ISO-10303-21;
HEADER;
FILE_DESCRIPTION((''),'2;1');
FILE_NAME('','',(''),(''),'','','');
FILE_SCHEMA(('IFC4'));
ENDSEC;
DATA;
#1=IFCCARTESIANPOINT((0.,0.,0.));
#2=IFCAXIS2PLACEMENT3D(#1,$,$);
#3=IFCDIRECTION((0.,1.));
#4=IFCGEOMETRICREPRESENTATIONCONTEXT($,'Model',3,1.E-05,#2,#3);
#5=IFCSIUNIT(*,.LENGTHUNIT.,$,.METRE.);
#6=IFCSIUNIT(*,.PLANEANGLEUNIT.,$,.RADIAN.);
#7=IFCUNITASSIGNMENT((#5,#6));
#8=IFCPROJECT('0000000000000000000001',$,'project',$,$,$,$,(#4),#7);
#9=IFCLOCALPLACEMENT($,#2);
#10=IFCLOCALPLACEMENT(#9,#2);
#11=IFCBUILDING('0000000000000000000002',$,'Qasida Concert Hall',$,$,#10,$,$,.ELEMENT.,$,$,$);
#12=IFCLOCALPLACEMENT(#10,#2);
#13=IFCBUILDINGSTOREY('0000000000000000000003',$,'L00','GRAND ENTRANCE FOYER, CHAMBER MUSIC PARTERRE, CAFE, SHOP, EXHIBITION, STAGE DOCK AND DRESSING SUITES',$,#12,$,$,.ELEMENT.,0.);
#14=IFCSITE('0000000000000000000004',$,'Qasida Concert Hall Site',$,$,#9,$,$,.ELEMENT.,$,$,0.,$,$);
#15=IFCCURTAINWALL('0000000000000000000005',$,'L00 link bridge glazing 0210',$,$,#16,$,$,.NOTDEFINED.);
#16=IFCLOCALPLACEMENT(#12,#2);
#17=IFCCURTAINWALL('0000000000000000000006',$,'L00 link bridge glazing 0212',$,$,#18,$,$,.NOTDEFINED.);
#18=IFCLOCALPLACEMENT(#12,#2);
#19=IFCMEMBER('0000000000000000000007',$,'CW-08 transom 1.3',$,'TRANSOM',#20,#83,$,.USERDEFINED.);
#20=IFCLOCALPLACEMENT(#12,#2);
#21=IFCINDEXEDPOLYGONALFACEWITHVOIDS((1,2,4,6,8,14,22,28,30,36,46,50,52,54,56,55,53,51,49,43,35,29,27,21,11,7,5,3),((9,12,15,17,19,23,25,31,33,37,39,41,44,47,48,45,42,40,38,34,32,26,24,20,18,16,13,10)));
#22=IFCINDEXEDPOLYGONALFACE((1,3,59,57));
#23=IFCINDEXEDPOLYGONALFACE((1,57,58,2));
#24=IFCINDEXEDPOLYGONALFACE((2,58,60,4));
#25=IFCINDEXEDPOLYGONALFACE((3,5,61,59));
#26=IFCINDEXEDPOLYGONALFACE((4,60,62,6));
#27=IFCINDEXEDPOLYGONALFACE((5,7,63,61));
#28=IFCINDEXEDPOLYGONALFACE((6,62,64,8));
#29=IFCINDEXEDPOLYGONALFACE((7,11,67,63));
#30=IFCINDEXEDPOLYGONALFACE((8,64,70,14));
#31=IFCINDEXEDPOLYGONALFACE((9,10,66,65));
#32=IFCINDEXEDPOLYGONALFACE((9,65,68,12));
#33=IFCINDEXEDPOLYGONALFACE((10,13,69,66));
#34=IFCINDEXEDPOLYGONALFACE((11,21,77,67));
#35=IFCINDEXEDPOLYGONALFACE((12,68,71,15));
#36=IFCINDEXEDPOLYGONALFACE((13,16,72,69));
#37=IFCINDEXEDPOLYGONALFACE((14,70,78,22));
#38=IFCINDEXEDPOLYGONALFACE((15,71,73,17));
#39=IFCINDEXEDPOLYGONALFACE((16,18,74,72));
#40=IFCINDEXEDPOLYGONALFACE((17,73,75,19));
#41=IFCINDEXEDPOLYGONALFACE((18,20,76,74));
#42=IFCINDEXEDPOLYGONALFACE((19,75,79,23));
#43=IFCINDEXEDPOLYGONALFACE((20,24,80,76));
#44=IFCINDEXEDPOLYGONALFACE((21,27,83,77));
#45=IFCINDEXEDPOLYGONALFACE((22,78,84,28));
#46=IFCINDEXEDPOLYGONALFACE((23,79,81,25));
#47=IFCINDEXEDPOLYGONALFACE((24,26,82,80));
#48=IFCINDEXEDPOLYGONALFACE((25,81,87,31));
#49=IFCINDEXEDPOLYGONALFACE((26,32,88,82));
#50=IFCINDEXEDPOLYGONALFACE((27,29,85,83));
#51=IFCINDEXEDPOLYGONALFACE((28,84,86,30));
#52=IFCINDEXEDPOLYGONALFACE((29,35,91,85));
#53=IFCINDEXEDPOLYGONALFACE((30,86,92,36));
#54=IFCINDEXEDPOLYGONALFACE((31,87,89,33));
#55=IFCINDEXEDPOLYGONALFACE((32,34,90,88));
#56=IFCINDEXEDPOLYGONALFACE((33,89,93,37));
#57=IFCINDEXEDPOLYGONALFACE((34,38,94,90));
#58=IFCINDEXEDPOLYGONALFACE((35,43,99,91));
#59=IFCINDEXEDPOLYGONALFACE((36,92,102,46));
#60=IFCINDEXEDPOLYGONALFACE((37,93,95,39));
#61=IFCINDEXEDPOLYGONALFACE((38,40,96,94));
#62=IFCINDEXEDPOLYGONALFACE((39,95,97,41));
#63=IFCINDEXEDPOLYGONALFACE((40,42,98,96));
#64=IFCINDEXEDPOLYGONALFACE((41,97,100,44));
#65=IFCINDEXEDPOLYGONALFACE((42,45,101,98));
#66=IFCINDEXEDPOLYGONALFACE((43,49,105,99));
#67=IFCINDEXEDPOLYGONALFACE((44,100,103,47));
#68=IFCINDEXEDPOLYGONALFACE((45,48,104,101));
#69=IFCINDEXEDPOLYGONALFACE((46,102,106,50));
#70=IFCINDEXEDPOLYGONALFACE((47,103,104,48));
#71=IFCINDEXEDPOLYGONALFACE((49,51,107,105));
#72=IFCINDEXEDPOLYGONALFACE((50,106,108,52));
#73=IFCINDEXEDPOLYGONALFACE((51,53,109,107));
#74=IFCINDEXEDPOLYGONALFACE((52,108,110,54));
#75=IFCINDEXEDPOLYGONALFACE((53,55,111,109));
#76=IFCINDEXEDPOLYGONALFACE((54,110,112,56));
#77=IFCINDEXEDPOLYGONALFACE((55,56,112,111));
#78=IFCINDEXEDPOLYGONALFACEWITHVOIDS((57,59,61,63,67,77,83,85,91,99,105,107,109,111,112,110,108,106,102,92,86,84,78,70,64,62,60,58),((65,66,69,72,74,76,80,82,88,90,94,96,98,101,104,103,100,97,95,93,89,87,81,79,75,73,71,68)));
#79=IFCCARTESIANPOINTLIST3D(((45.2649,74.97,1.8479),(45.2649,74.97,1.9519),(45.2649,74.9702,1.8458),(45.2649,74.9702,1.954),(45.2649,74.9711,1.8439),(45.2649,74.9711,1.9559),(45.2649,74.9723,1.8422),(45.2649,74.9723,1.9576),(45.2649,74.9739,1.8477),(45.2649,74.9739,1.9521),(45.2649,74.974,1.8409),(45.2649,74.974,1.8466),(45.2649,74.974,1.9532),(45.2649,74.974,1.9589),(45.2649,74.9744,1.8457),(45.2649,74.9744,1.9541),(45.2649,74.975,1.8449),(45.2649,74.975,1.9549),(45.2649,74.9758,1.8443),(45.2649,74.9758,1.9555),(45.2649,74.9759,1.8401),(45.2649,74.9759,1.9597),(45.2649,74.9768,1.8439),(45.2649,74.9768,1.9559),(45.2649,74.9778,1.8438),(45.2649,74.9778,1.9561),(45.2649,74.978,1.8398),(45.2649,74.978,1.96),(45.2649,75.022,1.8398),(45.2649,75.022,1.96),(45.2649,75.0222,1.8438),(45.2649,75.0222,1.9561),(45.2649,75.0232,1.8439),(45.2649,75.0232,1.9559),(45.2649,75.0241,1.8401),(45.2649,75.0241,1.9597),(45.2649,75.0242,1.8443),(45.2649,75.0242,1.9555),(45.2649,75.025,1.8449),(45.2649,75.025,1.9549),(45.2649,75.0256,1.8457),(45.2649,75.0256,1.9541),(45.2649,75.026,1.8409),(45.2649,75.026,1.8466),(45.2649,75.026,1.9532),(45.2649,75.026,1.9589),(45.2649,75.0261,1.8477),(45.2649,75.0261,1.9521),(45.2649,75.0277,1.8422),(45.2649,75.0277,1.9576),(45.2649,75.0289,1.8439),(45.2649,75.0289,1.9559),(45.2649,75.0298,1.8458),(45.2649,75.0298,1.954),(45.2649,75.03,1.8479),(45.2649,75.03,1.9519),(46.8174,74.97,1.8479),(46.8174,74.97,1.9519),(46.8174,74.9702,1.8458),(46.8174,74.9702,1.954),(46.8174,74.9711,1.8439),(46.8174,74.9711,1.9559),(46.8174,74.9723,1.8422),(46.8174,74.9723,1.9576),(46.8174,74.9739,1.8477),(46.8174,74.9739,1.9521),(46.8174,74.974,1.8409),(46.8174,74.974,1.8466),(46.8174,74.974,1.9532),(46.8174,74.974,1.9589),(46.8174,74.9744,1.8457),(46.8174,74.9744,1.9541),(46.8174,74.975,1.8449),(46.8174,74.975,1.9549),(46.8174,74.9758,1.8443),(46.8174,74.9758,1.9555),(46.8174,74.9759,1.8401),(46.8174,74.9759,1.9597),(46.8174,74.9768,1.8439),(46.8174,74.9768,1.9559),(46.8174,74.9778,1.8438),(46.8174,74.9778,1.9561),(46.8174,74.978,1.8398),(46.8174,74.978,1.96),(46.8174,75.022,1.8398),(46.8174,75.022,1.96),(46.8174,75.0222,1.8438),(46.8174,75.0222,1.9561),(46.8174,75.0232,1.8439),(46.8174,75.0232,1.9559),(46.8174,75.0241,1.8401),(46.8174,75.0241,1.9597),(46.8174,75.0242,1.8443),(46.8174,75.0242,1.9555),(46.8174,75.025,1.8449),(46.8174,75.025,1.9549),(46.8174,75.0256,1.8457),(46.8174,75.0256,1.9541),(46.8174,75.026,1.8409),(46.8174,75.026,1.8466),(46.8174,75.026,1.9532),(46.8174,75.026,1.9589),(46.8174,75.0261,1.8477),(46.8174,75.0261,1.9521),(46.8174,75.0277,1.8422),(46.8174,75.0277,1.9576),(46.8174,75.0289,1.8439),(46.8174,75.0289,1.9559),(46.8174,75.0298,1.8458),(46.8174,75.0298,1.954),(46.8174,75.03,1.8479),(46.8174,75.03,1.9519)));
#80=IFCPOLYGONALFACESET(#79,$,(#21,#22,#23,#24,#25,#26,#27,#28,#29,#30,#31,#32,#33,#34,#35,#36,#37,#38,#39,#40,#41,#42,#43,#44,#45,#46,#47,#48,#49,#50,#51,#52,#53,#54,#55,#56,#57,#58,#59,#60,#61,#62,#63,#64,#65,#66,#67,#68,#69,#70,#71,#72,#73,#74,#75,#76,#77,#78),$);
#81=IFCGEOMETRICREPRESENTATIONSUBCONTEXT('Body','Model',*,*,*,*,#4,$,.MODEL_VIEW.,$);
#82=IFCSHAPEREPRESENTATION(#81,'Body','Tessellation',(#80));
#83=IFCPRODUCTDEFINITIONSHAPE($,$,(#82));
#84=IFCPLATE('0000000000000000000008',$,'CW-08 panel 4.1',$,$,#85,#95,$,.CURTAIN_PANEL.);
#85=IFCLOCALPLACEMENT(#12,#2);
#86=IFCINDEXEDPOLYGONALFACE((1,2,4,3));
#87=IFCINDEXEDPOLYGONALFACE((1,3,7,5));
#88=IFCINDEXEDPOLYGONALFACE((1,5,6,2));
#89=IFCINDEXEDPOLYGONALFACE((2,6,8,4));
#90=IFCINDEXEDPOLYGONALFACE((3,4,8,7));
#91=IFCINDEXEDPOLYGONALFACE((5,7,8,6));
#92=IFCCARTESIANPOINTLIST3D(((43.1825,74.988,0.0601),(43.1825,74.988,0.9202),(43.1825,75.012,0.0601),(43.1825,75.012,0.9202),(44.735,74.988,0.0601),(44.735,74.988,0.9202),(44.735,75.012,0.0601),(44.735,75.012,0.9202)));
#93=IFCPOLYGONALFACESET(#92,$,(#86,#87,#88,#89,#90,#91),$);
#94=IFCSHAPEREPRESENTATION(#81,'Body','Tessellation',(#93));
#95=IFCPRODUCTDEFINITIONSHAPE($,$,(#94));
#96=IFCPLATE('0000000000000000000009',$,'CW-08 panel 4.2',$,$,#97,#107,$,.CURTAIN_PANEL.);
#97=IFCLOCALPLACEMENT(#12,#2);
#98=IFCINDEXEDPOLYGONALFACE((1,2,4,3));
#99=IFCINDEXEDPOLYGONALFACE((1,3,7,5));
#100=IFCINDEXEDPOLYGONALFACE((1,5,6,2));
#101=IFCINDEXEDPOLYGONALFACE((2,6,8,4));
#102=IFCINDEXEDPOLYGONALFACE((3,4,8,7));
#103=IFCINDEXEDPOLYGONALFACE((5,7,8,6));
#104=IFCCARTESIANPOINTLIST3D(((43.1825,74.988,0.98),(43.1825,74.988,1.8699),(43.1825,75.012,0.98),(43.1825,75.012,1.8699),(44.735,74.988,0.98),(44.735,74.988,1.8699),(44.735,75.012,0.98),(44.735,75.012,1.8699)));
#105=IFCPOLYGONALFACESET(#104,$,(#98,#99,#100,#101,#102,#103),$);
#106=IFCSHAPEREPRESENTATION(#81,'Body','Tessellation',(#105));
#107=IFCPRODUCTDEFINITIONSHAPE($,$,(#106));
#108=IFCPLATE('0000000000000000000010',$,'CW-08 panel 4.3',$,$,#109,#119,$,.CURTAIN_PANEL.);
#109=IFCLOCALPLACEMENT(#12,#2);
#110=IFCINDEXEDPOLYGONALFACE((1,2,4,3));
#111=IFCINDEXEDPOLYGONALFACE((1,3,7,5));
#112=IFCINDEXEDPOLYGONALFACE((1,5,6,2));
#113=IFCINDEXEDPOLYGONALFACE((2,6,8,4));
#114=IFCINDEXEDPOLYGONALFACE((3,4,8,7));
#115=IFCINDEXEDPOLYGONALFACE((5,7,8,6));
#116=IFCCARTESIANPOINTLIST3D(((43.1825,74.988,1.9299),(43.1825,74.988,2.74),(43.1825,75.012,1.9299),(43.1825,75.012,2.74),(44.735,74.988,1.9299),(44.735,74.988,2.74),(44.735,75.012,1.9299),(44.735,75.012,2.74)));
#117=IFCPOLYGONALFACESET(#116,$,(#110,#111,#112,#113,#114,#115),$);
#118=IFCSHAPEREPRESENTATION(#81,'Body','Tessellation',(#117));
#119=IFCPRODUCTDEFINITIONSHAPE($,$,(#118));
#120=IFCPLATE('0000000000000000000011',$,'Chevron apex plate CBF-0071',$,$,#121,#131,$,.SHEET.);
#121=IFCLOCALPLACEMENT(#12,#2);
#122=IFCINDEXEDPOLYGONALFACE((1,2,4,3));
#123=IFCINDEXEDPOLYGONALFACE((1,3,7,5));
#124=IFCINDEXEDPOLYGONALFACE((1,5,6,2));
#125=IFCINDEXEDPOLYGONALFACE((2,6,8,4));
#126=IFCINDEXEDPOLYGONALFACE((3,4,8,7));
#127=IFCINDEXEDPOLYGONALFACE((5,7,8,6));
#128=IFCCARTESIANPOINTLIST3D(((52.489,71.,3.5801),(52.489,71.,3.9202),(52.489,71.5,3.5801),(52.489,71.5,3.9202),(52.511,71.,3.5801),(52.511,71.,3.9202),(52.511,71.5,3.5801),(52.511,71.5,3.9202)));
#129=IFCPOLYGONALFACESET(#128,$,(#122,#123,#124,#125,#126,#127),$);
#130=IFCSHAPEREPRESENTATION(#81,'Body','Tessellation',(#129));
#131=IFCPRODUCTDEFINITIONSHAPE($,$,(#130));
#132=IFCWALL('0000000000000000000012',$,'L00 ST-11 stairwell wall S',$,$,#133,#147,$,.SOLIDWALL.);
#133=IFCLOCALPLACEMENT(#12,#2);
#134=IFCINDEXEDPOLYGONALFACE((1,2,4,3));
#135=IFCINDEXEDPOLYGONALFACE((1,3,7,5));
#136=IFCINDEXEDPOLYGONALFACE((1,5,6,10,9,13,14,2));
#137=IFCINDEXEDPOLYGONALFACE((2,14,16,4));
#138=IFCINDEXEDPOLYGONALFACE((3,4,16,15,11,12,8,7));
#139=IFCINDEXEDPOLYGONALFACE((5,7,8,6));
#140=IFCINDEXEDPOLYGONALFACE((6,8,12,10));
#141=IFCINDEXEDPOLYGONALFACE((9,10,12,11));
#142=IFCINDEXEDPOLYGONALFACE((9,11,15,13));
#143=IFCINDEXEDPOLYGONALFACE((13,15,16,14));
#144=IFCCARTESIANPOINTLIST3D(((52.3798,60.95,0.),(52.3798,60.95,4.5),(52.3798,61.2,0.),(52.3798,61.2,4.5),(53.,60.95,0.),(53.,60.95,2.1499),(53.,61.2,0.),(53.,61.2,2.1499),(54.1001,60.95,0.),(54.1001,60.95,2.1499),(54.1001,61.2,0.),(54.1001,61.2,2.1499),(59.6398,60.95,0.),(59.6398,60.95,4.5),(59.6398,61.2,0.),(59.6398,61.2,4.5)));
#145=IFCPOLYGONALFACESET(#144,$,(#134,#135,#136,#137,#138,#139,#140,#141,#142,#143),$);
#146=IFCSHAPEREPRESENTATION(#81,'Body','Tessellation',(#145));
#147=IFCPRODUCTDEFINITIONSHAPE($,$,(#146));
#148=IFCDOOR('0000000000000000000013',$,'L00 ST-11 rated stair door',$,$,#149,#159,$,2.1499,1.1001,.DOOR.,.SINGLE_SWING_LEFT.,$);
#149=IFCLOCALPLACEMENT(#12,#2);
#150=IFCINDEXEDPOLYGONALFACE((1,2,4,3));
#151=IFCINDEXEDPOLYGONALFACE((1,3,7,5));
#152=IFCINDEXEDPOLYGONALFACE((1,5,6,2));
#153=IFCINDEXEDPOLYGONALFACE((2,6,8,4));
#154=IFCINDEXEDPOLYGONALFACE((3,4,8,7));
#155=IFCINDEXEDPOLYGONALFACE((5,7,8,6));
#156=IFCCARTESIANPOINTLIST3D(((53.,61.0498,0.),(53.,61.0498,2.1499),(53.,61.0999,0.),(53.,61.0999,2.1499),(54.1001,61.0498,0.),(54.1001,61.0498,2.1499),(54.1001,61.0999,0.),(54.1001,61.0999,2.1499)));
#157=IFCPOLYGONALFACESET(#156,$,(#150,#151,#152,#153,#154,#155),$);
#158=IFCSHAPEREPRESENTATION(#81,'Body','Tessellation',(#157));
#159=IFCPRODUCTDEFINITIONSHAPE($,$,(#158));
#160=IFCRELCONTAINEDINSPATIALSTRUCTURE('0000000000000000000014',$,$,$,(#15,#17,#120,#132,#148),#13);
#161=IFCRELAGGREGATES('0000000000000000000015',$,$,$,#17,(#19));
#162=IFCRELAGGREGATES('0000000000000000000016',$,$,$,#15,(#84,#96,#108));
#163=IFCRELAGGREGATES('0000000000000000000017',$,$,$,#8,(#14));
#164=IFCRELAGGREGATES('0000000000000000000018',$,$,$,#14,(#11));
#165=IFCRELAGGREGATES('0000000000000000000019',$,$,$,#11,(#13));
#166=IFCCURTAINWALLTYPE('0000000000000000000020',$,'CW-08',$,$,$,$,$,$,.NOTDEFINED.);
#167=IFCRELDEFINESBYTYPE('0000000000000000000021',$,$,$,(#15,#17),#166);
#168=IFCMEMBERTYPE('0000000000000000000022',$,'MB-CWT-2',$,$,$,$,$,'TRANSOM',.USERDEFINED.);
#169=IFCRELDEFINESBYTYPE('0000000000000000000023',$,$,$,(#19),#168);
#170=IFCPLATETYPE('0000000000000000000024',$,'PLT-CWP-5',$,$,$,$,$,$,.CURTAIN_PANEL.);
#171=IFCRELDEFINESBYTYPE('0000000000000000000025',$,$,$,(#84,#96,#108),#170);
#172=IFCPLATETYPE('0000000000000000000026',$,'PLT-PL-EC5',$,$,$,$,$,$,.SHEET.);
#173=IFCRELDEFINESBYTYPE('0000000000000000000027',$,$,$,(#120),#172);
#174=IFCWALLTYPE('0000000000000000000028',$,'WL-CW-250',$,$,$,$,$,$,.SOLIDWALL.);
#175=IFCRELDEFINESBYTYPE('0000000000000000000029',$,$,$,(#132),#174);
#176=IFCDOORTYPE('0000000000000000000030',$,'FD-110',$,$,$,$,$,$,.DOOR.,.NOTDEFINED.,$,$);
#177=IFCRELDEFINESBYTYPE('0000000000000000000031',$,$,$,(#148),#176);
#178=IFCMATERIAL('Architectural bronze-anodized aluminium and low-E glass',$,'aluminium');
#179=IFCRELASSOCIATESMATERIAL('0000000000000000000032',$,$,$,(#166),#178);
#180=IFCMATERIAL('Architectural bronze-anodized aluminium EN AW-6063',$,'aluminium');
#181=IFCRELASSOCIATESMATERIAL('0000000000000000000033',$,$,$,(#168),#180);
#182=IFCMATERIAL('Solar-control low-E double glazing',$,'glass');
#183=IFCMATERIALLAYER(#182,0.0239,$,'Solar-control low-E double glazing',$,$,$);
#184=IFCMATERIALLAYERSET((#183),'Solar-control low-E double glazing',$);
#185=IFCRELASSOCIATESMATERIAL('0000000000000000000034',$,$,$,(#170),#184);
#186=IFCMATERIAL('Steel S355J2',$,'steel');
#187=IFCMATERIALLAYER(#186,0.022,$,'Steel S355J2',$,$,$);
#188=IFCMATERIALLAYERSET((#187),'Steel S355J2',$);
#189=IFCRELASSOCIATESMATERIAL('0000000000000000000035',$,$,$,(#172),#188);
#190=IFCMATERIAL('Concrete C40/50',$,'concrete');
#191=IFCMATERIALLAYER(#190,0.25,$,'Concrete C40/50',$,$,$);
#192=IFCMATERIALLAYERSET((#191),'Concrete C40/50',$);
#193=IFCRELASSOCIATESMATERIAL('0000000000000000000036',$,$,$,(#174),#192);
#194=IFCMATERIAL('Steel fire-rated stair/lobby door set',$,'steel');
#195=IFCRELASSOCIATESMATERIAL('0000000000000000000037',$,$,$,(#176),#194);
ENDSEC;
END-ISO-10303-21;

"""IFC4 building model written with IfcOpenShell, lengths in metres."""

from ifc_helpers import new_model, si_unit, direction, frame, frame_2d, origin, origin_2d, place, context, subcontext, project, spatial, rectangle, hollow_rectangle, extrude, material, layer, layer_set, material_profile, profile_set, type_object, element, fill, aggregate, save


model = new_model("IFC4")

# Units and contexts
model_context = context("Model", 3, precision=1e-05, world=origin(), true_north=direction((0.0, 1.0)))
body_context = subcontext(model_context, "Body", "Model", "MODEL_VIEW")
ifc_project = project(units=[si_unit("LENGTHUNIT", "METRE"), si_unit("PLANEANGLEUNIT", "RADIAN")], contexts=[model_context])

# Site, building, storey
site_placement = place(None, origin())
site = spatial("IfcSite", under=ifc_project, at=site_placement, Name="Qasida Concert Hall Site", CompositionType="ELEMENT", RefElevation=0.0)
building_placement = place(site_placement, origin())
building = spatial("IfcBuilding", under=site, at=building_placement, Name="Qasida Concert Hall", CompositionType="ELEMENT")
storey_placement = place(building_placement, origin())
storey = spatial("IfcBuildingStorey", under=building, at=storey_placement, Name="L00", Description="GRAND ENTRANCE FOYER, CHAMBER MUSIC PARTERRE, CAFE, SHOP, EXHIBITION, STAGE DOCK AND DRESSING SUITES", CompositionType="ELEMENT", Elevation=0.0)

# Shared definitions
ifc_material_1 = material(Name="Concrete C40/50", Category="concrete")

# Shared definitions
ifc_material_2 = material(Name="Steel S355J2", Category="steel")

# Curtain walls
ifc_material_3 = material(Name="Architectural bronze-anodized aluminium and low-E glass", Category="aluminium")
curtain_wall_type = type_object("IfcCurtainWallType", Name="CW-08", PredefinedType="NOTDEFINED", material=ifc_material_3)
curtain_wall_1_placement = place(storey_placement, origin())
curtain_wall_1 = element("IfcCurtainWall", 1, at=curtain_wall_1_placement, inside=storey, type_object=curtain_wall_type, Name="L00 link bridge glazing 0210", PredefinedType="NOTDEFINED")
ifc_material_4 = material(Name="Architectural bronze-anodized aluminium EN AW-6063", Category="aluminium")
curtain_wall_2_placement = place(storey_placement, origin())
curtain_wall_2 = element("IfcCurtainWall", 2, at=curtain_wall_2_placement, inside=storey, type_object=curtain_wall_type, Name="L00 link bridge glazing 0212", PredefinedType="NOTDEFINED")

# Member
ifc_material_profile_1 = material_profile(ifc_material_4, hollow_rectangle(XDim=0.0601, YDim=0.1201, WallThickness=0.0039, InnerFilletRadius=0.0039, OuterFilletRadius=0.0081, at=origin_2d()), Name="CWT 120x60x4")
ifc_profile_set_1 = profile_set([ifc_material_profile_1], Name="Architectural bronze-anodized aluminium EN AW-6063")
member_type_1 = type_object("IfcMemberType", Name="MB-CWT-2", ElementType="TRANSOM", PredefinedType="USERDEFINED", material=ifc_profile_set_1)
member_1_placement = place(storey_placement, frame((45.2649, 75.0, 1.8999), z_axis=(1.0, 0.0, 0.0), x_axis=(0.0, 1.0, 0.0)))
member_1 = element("IfcMember", 3, at=member_1_placement, type_object=member_type_1, Name="CW-08 transom 1.3", ObjectType="TRANSOM", PredefinedType="USERDEFINED", context=body_context, shape_type="SweptSolid", body=[
    extrude(hollow_rectangle(XDim=0.0601, YDim=0.1201, WallThickness=0.0039, InnerFilletRadius=0.0039, OuterFilletRadius=0.0081, at=origin_2d()), origin(), (0.0, 0.0, 1.0), 1.5525),
])
aggregate(curtain_wall_2, [member_1])

# Plates
ifc_material_5 = material(Name="Solar-control low-E double glazing", Category="glass")
ifc_layer_1 = layer(ifc_material_5, 0.0239, Name="Solar-control low-E double glazing")
ifc_layer_set_1 = layer_set([ifc_layer_1], Name="Solar-control low-E double glazing")
plate_type_1 = type_object("IfcPlateType", Name="PLT-CWP-5", PredefinedType="CURTAIN_PANEL", material=ifc_layer_set_1)
plate_1_placement = place(storey_placement, frame((43.9587, 75.0, 0.0601), z_axis=(0.0, 0.0, 1.0), x_axis=(1.0, 0.0, 0.0)))
plate_1 = element("IfcPlate", 4, at=plate_1_placement, type_object=plate_type_1, Name="CW-08 panel 4.1", PredefinedType="CURTAIN_PANEL", context=body_context, shape_type="SweptSolid", body=[
    extrude(rectangle(XDim=1.5525, YDim=0.0239, at=origin_2d()), origin(), (0.0, 0.0, 1.0), 0.8601),
])
plate_2_placement = place(storey_placement, frame((43.9587, 75.0, 0.98), z_axis=(0.0, 0.0, 1.0), x_axis=(1.0, 0.0, 0.0)))
plate_2 = element("IfcPlate", 5, at=plate_2_placement, type_object=plate_type_1, Name="CW-08 panel 4.2", PredefinedType="CURTAIN_PANEL", context=body_context, shape_type="SweptSolid", body=[
    extrude(rectangle(XDim=1.5525, YDim=0.0239, at=origin_2d()), origin(), (0.0, 0.0, 1.0), 0.8899),
])
plate_3_placement = place(storey_placement, frame((43.9587, 75.0, 1.9299), z_axis=(0.0, 0.0, 1.0), x_axis=(1.0, 0.0, 0.0)))
plate_3 = element("IfcPlate", 6, at=plate_3_placement, type_object=plate_type_1, Name="CW-08 panel 4.3", PredefinedType="CURTAIN_PANEL", context=body_context, shape_type="SweptSolid", body=[
    extrude(rectangle(XDim=1.5525, YDim=0.0239, at=origin_2d()), origin(), (0.0, 0.0, 1.0), 0.8101),
])
aggregate(curtain_wall_1, [plate_1, plate_2, plate_3])
ifc_layer_2 = layer(ifc_material_2, 0.022, Name="Steel S355J2")
ifc_layer_set_2 = layer_set([ifc_layer_2], Name="Steel S355J2")
plate_type_2 = type_object("IfcPlateType", Name="PLT-PL-EC5", PredefinedType="SHEET", material=ifc_layer_set_2)
plate_4_placement = place(storey_placement, frame((52.5, 71.25, 3.5801), z_axis=(0.0, 0.0, 1.0), x_axis=(0.0, 1.0, 0.0)))
element("IfcPlate", 7, at=plate_4_placement, inside=storey, type_object=plate_type_2, Name="Chevron apex plate CBF-0071", PredefinedType="SHEET", context=body_context, shape_type="SweptSolid", body=[
    extrude(rectangle(XDim=0.5, YDim=0.022, at=origin_2d()), origin(), (0.0, 0.0, 1.0), 0.3401),
])

# Wall, opening, door
ifc_layer_3 = layer(ifc_material_1, 0.25, Name="Concrete C40/50")
ifc_layer_set_3 = layer_set([ifc_layer_3], Name="Concrete C40/50")
wall_type_1 = type_object("IfcWallType", Name="WL-CW-250", PredefinedType="SOLIDWALL", material=ifc_layer_set_3)
wall_1_placement = place(storey_placement, frame((52.3799, 61.075, 0.0), z_axis=(0.0, 0.0, 1.0), x_axis=(1.0, 0.0, 0.0)))
wall_1 = element("IfcWall", 8, at=wall_1_placement, inside=storey, type_object=wall_type_1, Name="L00 ST-11 stairwell wall S", PredefinedType="SOLIDWALL", context=body_context, shape_type="SweptSolid", body=[
    extrude(rectangle(XDim=7.26, YDim=0.25, at=frame_2d((3.6299, 0.0))), origin(), (0.0, 0.0, 1.0), 4.5),
])
opening_1_placement = place(wall_1_placement, frame((0.6201, 0.0, 0.0)))
opening_1 = element("IfcOpeningElement", 9, at=opening_1_placement, cuts=wall_1, PredefinedType="OPENING", context=body_context, shape_type="SweptSolid", body=[
    extrude(rectangle(XDim=1.1001, YDim=2.1499, at=frame_2d((0.55, 1.075))), frame((0.0, 0.135, 0.0), z_axis=(0.0, -1.0, 0.0), x_axis=(1.0, 0.0, 0.0)), (0.0, 0.0, 1.0), 0.27),
])
ifc_material_6 = material(Name="Steel fire-rated stair/lobby door set", Category="steel")
door_type_1 = type_object("IfcDoorType", Name="FD-110", OperationType="NOTDEFINED", PredefinedType="DOOR", material=ifc_material_6)
door_1_placement = place(opening_1_placement, origin())
door_1 = element("IfcDoor", 10, at=door_1_placement, inside=storey, type_object=door_type_1, Name="L00 ST-11 rated stair door", OperationType="SINGLE_SWING_LEFT", OverallHeight=2.1499, OverallWidth=1.1001, PredefinedType="DOOR", context=body_context, shape_type="SweptSolid", body=[
    extrude(rectangle(XDim=1.1001, YDim=2.1499, at=frame_2d((0.55, 1.075))), frame((0.0, 0.0249, 0.0), z_axis=(0.0, -1.0, 0.0), x_axis=(1.0, 0.0, 0.0)), (0.0, 0.0, 1.0), 0.05),
])
fill(opening_1, door_1)

save(model, "model.ifc")
